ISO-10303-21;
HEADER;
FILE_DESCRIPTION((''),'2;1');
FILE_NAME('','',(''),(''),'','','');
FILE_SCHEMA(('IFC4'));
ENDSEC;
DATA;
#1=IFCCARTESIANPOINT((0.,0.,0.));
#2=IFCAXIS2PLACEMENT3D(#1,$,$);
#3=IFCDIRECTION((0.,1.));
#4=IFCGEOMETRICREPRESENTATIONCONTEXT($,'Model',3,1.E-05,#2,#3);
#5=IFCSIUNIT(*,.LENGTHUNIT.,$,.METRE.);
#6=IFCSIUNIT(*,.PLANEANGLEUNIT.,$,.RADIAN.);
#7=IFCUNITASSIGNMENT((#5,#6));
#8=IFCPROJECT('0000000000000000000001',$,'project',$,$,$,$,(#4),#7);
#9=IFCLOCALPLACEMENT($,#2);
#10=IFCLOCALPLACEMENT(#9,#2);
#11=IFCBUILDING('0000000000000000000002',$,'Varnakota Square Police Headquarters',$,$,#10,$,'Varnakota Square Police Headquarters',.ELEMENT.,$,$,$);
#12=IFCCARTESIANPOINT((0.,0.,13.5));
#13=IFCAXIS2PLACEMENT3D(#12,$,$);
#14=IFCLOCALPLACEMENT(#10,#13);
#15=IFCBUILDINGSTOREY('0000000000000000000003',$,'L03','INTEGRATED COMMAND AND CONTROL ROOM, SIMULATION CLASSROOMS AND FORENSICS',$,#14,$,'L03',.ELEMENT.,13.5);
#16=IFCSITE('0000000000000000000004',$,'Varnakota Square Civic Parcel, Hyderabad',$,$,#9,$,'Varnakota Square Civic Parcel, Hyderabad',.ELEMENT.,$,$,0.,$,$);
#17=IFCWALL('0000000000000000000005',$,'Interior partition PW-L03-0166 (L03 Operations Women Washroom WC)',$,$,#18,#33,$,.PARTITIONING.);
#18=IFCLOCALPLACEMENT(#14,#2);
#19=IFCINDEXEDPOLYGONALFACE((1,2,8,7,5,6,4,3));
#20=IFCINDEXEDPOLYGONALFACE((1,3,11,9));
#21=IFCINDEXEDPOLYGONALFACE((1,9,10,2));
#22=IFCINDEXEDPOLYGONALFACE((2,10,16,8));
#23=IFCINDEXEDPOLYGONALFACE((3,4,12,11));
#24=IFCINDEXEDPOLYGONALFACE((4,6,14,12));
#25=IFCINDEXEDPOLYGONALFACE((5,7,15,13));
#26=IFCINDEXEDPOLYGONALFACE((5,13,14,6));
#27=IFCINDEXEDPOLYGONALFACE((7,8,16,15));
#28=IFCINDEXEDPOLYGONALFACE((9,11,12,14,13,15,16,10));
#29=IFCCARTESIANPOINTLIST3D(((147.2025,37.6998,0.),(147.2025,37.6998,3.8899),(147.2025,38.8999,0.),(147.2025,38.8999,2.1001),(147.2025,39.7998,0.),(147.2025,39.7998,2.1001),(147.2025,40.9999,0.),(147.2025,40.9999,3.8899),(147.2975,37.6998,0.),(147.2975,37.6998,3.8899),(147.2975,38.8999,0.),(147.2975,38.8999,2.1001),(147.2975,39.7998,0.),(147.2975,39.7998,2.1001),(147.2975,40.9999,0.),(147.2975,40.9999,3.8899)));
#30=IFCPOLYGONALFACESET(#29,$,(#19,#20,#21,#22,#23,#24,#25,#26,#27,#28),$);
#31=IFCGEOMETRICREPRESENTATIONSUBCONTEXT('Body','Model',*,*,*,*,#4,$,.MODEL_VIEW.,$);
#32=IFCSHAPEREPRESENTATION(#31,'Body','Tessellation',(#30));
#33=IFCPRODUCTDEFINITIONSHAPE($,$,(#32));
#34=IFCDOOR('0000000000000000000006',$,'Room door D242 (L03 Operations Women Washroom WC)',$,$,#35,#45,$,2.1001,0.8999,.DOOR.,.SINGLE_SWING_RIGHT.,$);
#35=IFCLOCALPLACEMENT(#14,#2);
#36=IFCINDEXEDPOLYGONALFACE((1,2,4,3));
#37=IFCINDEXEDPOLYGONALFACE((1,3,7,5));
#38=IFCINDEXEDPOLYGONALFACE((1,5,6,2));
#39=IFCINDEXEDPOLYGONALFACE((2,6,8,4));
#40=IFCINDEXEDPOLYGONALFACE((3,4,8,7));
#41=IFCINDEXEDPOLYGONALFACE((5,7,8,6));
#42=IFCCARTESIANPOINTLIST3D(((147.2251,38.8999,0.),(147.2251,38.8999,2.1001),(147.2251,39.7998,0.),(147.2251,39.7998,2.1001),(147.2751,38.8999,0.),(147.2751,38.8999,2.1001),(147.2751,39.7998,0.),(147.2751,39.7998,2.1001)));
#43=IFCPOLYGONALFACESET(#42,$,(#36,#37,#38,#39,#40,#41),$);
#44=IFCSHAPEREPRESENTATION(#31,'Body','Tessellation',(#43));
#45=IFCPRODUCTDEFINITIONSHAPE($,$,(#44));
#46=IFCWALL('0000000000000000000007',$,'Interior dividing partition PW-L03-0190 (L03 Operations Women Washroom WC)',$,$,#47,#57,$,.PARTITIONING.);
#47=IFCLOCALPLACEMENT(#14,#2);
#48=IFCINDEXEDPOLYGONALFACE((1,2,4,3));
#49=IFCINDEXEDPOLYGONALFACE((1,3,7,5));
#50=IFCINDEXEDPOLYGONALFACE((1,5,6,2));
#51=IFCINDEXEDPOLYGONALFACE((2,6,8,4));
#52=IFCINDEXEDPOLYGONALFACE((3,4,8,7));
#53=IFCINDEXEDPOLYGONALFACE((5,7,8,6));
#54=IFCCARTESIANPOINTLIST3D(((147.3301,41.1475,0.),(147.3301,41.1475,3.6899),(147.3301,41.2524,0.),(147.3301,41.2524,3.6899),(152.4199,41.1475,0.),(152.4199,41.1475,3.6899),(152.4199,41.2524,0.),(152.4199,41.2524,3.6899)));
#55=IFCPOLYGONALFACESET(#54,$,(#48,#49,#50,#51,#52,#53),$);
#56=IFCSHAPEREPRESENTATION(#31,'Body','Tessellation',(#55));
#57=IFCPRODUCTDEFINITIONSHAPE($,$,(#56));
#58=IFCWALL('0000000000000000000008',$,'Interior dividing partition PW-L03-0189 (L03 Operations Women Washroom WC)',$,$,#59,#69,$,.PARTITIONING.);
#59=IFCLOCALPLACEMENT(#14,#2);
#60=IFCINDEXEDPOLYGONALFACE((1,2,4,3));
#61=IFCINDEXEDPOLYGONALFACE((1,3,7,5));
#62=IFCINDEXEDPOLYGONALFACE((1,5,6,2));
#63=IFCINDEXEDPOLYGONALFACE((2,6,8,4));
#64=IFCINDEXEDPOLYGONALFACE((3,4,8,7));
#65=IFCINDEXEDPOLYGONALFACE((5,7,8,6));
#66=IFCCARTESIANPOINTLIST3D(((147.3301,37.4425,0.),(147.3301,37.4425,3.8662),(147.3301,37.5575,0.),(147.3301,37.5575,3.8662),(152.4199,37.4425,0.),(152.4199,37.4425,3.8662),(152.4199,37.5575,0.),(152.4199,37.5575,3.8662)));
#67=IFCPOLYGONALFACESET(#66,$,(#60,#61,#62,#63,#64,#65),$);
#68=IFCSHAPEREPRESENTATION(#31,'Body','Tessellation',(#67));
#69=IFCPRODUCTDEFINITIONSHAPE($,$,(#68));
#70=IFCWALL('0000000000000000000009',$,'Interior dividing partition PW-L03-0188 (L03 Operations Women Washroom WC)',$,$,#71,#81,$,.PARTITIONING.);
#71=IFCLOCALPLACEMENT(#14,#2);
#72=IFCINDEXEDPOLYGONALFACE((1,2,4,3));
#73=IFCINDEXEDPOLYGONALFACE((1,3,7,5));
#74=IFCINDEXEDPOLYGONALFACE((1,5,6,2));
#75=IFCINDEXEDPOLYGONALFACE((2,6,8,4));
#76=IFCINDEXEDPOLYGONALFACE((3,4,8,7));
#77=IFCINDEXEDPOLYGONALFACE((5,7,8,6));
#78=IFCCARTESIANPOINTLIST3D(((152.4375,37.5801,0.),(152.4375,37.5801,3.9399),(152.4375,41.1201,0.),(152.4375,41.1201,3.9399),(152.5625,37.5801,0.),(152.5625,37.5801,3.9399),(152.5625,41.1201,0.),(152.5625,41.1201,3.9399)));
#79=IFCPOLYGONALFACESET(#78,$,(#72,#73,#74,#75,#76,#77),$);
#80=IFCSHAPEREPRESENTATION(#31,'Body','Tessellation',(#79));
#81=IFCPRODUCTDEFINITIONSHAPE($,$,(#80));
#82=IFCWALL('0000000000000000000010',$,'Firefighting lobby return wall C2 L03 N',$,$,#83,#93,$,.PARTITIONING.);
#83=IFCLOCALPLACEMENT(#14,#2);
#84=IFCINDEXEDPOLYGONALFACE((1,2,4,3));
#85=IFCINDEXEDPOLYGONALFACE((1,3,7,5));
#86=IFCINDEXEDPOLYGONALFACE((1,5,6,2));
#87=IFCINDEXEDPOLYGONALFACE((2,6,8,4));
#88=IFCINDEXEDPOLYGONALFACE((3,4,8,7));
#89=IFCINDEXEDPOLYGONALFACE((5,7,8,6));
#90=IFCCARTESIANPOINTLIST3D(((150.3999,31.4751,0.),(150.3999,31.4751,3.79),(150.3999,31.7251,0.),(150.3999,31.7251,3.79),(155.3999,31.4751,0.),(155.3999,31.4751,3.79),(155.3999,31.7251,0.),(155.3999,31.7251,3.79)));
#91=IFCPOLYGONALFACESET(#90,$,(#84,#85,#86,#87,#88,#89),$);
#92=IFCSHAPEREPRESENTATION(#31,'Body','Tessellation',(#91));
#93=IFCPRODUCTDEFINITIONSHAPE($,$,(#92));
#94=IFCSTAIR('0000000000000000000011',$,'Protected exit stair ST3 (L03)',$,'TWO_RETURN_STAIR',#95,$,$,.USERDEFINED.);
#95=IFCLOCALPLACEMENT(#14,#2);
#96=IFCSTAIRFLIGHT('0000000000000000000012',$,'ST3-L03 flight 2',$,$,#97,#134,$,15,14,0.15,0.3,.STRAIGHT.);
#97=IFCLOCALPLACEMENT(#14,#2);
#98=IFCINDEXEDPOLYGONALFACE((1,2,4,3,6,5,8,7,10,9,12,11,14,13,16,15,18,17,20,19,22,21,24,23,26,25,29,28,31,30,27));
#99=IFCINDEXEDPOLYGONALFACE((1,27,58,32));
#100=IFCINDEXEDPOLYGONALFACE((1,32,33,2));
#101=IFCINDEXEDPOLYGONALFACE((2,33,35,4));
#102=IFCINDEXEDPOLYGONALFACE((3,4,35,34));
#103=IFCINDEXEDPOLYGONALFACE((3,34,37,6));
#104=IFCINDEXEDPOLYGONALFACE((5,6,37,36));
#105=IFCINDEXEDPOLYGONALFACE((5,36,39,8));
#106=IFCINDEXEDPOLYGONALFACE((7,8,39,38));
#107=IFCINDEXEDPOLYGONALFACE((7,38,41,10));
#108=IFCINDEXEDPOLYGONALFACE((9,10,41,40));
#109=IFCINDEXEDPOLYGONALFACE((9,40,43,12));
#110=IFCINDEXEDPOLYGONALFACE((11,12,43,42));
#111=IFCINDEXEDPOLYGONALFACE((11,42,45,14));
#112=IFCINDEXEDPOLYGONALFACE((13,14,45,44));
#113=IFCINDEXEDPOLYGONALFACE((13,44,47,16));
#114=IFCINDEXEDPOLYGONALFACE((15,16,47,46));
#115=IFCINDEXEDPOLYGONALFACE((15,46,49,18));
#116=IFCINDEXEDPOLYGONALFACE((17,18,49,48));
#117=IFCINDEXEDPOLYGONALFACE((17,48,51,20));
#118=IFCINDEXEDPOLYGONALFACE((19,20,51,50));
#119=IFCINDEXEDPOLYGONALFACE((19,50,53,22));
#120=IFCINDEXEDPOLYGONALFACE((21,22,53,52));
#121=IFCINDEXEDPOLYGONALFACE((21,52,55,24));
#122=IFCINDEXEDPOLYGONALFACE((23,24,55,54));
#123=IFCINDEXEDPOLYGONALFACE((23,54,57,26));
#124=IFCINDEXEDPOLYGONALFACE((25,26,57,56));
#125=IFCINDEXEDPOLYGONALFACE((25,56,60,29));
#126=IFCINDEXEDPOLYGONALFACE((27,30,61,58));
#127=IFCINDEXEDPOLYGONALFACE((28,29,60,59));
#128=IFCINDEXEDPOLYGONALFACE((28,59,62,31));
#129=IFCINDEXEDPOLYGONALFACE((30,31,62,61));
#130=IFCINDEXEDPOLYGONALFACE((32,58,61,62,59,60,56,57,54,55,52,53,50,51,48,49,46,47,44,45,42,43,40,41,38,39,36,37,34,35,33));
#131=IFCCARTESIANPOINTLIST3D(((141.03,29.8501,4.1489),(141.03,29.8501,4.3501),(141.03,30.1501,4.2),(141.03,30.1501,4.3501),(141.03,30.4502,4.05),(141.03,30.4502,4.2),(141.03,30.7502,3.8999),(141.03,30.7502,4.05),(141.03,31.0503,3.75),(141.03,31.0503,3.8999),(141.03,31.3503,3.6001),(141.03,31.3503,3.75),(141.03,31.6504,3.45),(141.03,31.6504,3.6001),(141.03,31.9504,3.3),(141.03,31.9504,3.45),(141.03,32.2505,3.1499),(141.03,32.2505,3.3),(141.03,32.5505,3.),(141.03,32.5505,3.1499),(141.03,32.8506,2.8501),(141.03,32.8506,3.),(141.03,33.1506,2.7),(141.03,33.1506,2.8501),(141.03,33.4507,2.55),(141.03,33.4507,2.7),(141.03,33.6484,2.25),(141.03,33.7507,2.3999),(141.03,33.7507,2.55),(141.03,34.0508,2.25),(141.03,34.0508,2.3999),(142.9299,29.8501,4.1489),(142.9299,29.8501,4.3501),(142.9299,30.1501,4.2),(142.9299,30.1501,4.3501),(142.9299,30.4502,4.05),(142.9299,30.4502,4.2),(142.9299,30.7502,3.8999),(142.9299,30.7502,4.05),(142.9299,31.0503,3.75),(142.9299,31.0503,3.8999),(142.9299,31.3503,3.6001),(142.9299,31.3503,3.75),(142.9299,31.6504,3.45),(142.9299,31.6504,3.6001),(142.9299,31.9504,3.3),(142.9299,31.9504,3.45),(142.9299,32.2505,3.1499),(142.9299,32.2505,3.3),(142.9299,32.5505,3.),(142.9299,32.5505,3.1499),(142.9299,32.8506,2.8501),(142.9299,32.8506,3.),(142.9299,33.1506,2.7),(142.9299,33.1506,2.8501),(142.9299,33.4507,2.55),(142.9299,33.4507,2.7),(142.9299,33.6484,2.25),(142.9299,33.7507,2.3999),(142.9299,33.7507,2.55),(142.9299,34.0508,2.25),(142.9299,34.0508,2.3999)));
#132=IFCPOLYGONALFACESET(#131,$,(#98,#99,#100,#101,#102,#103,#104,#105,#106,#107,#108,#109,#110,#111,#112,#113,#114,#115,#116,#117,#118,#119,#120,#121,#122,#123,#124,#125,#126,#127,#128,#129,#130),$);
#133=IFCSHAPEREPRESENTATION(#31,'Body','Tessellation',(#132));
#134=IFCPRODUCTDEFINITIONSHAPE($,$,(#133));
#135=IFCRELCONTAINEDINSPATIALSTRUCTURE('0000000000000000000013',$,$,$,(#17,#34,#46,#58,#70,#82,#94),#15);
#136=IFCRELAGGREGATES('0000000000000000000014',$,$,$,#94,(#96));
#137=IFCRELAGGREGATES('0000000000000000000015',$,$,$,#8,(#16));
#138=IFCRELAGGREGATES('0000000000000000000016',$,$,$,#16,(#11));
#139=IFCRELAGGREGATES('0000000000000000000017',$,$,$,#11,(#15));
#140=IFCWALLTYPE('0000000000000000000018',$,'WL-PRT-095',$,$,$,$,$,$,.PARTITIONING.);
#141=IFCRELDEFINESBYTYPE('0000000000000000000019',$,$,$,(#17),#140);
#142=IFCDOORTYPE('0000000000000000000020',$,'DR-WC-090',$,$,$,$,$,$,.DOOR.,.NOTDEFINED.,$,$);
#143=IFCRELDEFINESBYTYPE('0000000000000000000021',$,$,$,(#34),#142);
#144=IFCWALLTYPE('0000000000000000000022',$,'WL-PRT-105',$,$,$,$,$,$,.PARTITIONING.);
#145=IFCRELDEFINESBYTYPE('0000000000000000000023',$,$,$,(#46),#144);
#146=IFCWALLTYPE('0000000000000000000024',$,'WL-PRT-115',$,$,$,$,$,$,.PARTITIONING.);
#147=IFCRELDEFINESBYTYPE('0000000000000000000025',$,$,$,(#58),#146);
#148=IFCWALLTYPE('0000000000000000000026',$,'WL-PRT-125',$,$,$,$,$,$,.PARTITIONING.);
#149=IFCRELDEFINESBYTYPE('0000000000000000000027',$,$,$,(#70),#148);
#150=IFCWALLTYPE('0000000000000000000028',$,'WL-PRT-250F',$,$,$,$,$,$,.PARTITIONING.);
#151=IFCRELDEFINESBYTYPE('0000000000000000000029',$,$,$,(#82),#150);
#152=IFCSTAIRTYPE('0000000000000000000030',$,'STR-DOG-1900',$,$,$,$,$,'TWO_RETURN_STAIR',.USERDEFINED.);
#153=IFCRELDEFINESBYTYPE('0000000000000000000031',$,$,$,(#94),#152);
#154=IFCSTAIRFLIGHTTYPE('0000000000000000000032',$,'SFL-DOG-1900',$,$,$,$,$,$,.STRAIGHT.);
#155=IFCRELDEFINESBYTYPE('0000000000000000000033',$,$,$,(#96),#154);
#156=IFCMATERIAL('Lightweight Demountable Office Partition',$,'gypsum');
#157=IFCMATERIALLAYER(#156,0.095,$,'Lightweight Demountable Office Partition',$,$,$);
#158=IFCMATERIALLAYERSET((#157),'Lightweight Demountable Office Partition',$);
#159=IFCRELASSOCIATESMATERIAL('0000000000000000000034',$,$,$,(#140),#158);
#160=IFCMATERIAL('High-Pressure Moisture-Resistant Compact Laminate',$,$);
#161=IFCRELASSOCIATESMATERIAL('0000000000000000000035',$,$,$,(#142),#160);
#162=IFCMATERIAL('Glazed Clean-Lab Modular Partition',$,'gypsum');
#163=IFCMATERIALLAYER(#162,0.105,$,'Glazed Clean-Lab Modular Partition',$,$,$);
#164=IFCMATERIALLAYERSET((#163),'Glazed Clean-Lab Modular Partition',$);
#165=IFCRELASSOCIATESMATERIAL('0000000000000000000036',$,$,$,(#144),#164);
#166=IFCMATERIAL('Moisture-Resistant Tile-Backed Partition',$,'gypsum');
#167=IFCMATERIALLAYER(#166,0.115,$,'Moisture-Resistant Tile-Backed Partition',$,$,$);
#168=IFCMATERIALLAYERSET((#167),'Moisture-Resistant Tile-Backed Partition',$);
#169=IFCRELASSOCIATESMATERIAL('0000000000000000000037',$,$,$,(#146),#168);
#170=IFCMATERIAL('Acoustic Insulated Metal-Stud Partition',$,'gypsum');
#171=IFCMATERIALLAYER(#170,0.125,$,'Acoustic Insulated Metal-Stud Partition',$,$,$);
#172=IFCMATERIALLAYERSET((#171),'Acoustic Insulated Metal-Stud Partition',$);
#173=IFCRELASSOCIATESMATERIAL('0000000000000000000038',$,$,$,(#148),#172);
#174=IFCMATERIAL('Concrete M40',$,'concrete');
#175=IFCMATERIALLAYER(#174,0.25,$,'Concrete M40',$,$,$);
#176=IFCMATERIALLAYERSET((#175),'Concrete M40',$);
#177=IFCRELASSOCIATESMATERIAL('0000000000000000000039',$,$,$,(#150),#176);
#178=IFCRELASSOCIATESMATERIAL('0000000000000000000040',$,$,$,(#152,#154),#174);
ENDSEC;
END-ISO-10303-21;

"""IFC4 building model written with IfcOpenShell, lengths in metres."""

from ifc_helpers import new_model, si_unit, direction, frame, frame_2d, origin, place, context, subcontext, project, spatial, polyline, rectangle, outline, extrude, material, layer, layer_set, type_object, element, fill, aggregate, save


model = new_model("IFC4")

# Units and contexts
model_context = context("Model", 3, precision=1e-05, world=origin(), true_north=direction((0.0, 1.0)))
body_context = subcontext(model_context, "Body", "Model", "MODEL_VIEW")
ifc_project = project(units=[si_unit("LENGTHUNIT", "METRE"), si_unit("PLANEANGLEUNIT", "RADIAN")], contexts=[model_context])

# Site, building, storey
site_placement = place(None, origin())
site = spatial("IfcSite", under=ifc_project, at=site_placement, Name="Varnakota Square Civic Parcel, Hyderabad", LongName="Varnakota Square Civic Parcel, Hyderabad", CompositionType="ELEMENT", RefElevation=0.0)
building_placement = place(site_placement, origin())
building = spatial("IfcBuilding", under=site, at=building_placement, Name="Varnakota Square Police Headquarters", LongName="Varnakota Square Police Headquarters", CompositionType="ELEMENT")
storey_placement = place(building_placement, frame((0.0, 0.0, 13.5)))
storey = spatial("IfcBuildingStorey", under=building, at=storey_placement, Name="L03", Description="INTEGRATED COMMAND AND CONTROL ROOM, SIMULATION CLASSROOMS AND FORENSICS", LongName="L03", CompositionType="ELEMENT", Elevation=13.5)

# Wall, opening, door
ifc_material_1 = material(Name="Lightweight Demountable Office Partition", Category="gypsum")
ifc_layer_1 = layer(ifc_material_1, 0.095, Name="Lightweight Demountable Office Partition")
ifc_layer_set_1 = layer_set([ifc_layer_1], Name="Lightweight Demountable Office Partition")
wall_type_1 = type_object("IfcWallType", Name="WL-PRT-095", PredefinedType="PARTITIONING", material=ifc_layer_set_1)
wall_1_placement = place(storey_placement, frame((147.25, 37.7, 0.0), z_axis=(0.0, 0.0, 1.0), x_axis=(0.0, 1.0, 0.0)))
wall_1 = element("IfcWall", 1, at=wall_1_placement, inside=storey, type_object=wall_type_1, Name="Interior partition PW-L03-0166 (L03 Operations Women Washroom WC)", PredefinedType="PARTITIONING", context=body_context, shape_type="SweptSolid", body=[
    extrude(rectangle(XDim=3.3, YDim=0.095, at=frame_2d((1.6499, 0.0))), origin(), (0.0, 0.0, 1.0), 3.8899),
])
opening_1_placement = place(wall_1_placement, frame((1.2, 0.0, 0.0)))
opening_1 = element("IfcOpeningElement", 2, at=opening_1_placement, cuts=wall_1, PredefinedType="OPENING", context=body_context, shape_type="SweptSolid", body=[
    extrude(rectangle(XDim=0.8999, YDim=2.1001, at=frame_2d((0.45, 1.05))), frame((0.0, 0.0574, 0.0), z_axis=(0.0, -1.0, 0.0), x_axis=(1.0, 0.0, 0.0)), (0.0, 0.0, 1.0), 0.115),
])
ifc_material_2 = material(Name="High-Pressure Moisture-Resistant Compact Laminate")
door_type = type_object("IfcDoorType", Name="DR-WC-090", OperationType="NOTDEFINED", PredefinedType="DOOR", material=ifc_material_2)
door_placement = place(opening_1_placement, origin())
door = element("IfcDoor", 3, at=door_placement, inside=storey, type_object=door_type, Name="Room door D242 (L03 Operations Women Washroom WC)", OperationType="SINGLE_SWING_RIGHT", OverallHeight=2.1001, OverallWidth=0.8999, PredefinedType="DOOR", context=body_context, shape_type="SweptSolid", body=[
    extrude(rectangle(XDim=0.8999, YDim=2.1001, at=frame_2d((0.45, 1.05))), frame((0.0, 0.0249, 0.0), z_axis=(0.0, -1.0, 0.0), x_axis=(1.0, 0.0, 0.0)), (0.0, 0.0, 1.0), 0.05),
])
fill(opening_1, door)

# Walls
ifc_material_3 = material(Name="Glazed Clean-Lab Modular Partition", Category="gypsum")
ifc_layer_2 = layer(ifc_material_3, 0.105, Name="Glazed Clean-Lab Modular Partition")
ifc_layer_set_2 = layer_set([ifc_layer_2], Name="Glazed Clean-Lab Modular Partition")
wall_type_2 = type_object("IfcWallType", Name="WL-PRT-105", PredefinedType="PARTITIONING", material=ifc_layer_set_2)
wall_2_placement = place(storey_placement, frame((147.3301, 41.2, 0.0), z_axis=(0.0, 0.0, 1.0), x_axis=(1.0, 0.0, 0.0)))
element("IfcWall", 4, at=wall_2_placement, inside=storey, type_object=wall_type_2, Name="Interior dividing partition PW-L03-0190 (L03 Operations Women Washroom WC)", PredefinedType="PARTITIONING", context=body_context, shape_type="SweptSolid", body=[
    extrude(rectangle(XDim=5.0898, YDim=0.105, at=frame_2d((2.5449, 0.0))), origin(), (0.0, 0.0, 1.0), 3.6899),
])
ifc_material_4 = material(Name="Moisture-Resistant Tile-Backed Partition", Category="gypsum")
ifc_layer_3 = layer(ifc_material_4, 0.115, Name="Moisture-Resistant Tile-Backed Partition")
ifc_layer_set_3 = layer_set([ifc_layer_3], Name="Moisture-Resistant Tile-Backed Partition")
wall_type_3 = type_object("IfcWallType", Name="WL-PRT-115", PredefinedType="PARTITIONING", material=ifc_layer_set_3)
wall_3_placement = place(storey_placement, frame((152.4199, 37.5, 0.0), z_axis=(0.0, 0.0, 1.0), x_axis=(-1.0, 0.0, 0.0)))
element("IfcWall", 5, at=wall_3_placement, inside=storey, type_object=wall_type_3, Name="Interior dividing partition PW-L03-0189 (L03 Operations Women Washroom WC)", PredefinedType="PARTITIONING", context=body_context, shape_type="SweptSolid", body=[
    extrude(rectangle(XDim=5.0898, YDim=0.115, at=frame_2d((2.5449, 0.0))), origin(), (0.0, 0.0, 1.0), 3.8662),
])
ifc_material_5 = material(Name="Acoustic Insulated Metal-Stud Partition", Category="gypsum")
ifc_layer_4 = layer(ifc_material_5, 0.125, Name="Acoustic Insulated Metal-Stud Partition")
ifc_layer_set_4 = layer_set([ifc_layer_4], Name="Acoustic Insulated Metal-Stud Partition")
wall_type_4 = type_object("IfcWallType", Name="WL-PRT-125", PredefinedType="PARTITIONING", material=ifc_layer_set_4)
wall_4_placement = place(storey_placement, frame((152.5, 41.1201, 0.0), z_axis=(0.0, 0.0, 1.0), x_axis=(0.0, -1.0, 0.0)))
element("IfcWall", 6, at=wall_4_placement, inside=storey, type_object=wall_type_4, Name="Interior dividing partition PW-L03-0188 (L03 Operations Women Washroom WC)", PredefinedType="PARTITIONING", context=body_context, shape_type="SweptSolid", body=[
    extrude(rectangle(XDim=3.54, YDim=0.125, at=frame_2d((1.77, 0.0))), origin(), (0.0, 0.0, 1.0), 3.9399),
])
ifc_material_6 = material(Name="Concrete M40", Category="concrete")
ifc_layer_5 = layer(ifc_material_6, 0.25, Name="Concrete M40")
ifc_layer_set_5 = layer_set([ifc_layer_5], Name="Concrete M40")
wall_type_5 = type_object("IfcWallType", Name="WL-PRT-250F", PredefinedType="PARTITIONING", material=ifc_layer_set_5)
wall_5_placement = place(storey_placement, frame((150.3999, 31.6001, 0.0), z_axis=(0.0, 0.0, 1.0), x_axis=(1.0, 0.0, 0.0)))
element("IfcWall", 7, at=wall_5_placement, inside=storey, type_object=wall_type_5, Name="Firefighting lobby return wall C2 L03 N", PredefinedType="PARTITIONING", context=body_context, shape_type="SweptSolid", body=[
    extrude(rectangle(XDim=5.0, YDim=0.25, at=frame_2d((2.5, 0.0))), origin(), (0.0, 0.0, 1.0), 3.79),
])

# Stair, stair flight
stair_type = type_object("IfcStairType", Name="STR-DOG-1900", ElementType="TWO_RETURN_STAIR", PredefinedType="USERDEFINED", material=ifc_material_6)
stair_placement = place(storey_placement, origin())
stair = element("IfcStair", 8, at=stair_placement, inside=storey, type_object=stair_type, Name="Protected exit stair ST3 (L03)", ObjectType="TWO_RETURN_STAIR", PredefinedType="USERDEFINED")
stair_flight_type = type_object("IfcStairFlightType", Name="SFL-DOG-1900", PredefinedType="STRAIGHT", material=ifc_material_6)
stair_flight_placement = place(storey_placement, frame((141.98, 34.0508, 2.25), z_axis=(0.0, 0.0, 1.0), x_axis=(0.0, -1.0, 0.0)))
stair_flight = element("IfcStairFlight", 9, at=stair_flight_placement, type_object=stair_flight_type, Name="ST3-L03 flight 2", NumberOfRisers=15, NumberOfTreads=14, PredefinedType="STRAIGHT", RiserHeight=0.15, TreadLength=0.3, context=body_context, shape_type="SweptSolid", body=[
    extrude(outline(polyline([(0.0, 0.0), (0.0, 0.1499), (0.3, 0.1499), (0.3, 0.3), (0.6001, 0.3), (0.6001, 0.45), (0.9001, 0.45), (0.9001, 0.6001), (1.2002, 0.6001), (1.2002, 0.75), (1.5002, 0.75), (1.5002, 0.8999), (1.8003, 0.8999), (1.8003, 1.05), (2.1003, 1.05), (2.1003, 1.2), (2.4004, 1.2), (2.4004, 1.3501), (2.7004, 1.3501), (2.7004, 1.5), (3.0005, 1.5), (3.0005, 1.6499), (3.3005, 1.6499), (3.3005, 1.8), (3.6006, 1.8), (3.6006, 1.95), (3.9006, 1.95), (3.9006, 2.1001), (4.2007, 2.1001), (4.2007, 2.25), (4.2007, 1.8989), (0.4023, 0.0), (0.0, 0.0)])), frame((0.0, 0.95, 0.0), z_axis=(0.0, -1.0, 0.0), x_axis=(1.0, 0.0, 0.0)), (0.0, 0.0, 1.0), 1.8999),
])
aggregate(stair, [stair_flight])

save(model, "model.ifc")
